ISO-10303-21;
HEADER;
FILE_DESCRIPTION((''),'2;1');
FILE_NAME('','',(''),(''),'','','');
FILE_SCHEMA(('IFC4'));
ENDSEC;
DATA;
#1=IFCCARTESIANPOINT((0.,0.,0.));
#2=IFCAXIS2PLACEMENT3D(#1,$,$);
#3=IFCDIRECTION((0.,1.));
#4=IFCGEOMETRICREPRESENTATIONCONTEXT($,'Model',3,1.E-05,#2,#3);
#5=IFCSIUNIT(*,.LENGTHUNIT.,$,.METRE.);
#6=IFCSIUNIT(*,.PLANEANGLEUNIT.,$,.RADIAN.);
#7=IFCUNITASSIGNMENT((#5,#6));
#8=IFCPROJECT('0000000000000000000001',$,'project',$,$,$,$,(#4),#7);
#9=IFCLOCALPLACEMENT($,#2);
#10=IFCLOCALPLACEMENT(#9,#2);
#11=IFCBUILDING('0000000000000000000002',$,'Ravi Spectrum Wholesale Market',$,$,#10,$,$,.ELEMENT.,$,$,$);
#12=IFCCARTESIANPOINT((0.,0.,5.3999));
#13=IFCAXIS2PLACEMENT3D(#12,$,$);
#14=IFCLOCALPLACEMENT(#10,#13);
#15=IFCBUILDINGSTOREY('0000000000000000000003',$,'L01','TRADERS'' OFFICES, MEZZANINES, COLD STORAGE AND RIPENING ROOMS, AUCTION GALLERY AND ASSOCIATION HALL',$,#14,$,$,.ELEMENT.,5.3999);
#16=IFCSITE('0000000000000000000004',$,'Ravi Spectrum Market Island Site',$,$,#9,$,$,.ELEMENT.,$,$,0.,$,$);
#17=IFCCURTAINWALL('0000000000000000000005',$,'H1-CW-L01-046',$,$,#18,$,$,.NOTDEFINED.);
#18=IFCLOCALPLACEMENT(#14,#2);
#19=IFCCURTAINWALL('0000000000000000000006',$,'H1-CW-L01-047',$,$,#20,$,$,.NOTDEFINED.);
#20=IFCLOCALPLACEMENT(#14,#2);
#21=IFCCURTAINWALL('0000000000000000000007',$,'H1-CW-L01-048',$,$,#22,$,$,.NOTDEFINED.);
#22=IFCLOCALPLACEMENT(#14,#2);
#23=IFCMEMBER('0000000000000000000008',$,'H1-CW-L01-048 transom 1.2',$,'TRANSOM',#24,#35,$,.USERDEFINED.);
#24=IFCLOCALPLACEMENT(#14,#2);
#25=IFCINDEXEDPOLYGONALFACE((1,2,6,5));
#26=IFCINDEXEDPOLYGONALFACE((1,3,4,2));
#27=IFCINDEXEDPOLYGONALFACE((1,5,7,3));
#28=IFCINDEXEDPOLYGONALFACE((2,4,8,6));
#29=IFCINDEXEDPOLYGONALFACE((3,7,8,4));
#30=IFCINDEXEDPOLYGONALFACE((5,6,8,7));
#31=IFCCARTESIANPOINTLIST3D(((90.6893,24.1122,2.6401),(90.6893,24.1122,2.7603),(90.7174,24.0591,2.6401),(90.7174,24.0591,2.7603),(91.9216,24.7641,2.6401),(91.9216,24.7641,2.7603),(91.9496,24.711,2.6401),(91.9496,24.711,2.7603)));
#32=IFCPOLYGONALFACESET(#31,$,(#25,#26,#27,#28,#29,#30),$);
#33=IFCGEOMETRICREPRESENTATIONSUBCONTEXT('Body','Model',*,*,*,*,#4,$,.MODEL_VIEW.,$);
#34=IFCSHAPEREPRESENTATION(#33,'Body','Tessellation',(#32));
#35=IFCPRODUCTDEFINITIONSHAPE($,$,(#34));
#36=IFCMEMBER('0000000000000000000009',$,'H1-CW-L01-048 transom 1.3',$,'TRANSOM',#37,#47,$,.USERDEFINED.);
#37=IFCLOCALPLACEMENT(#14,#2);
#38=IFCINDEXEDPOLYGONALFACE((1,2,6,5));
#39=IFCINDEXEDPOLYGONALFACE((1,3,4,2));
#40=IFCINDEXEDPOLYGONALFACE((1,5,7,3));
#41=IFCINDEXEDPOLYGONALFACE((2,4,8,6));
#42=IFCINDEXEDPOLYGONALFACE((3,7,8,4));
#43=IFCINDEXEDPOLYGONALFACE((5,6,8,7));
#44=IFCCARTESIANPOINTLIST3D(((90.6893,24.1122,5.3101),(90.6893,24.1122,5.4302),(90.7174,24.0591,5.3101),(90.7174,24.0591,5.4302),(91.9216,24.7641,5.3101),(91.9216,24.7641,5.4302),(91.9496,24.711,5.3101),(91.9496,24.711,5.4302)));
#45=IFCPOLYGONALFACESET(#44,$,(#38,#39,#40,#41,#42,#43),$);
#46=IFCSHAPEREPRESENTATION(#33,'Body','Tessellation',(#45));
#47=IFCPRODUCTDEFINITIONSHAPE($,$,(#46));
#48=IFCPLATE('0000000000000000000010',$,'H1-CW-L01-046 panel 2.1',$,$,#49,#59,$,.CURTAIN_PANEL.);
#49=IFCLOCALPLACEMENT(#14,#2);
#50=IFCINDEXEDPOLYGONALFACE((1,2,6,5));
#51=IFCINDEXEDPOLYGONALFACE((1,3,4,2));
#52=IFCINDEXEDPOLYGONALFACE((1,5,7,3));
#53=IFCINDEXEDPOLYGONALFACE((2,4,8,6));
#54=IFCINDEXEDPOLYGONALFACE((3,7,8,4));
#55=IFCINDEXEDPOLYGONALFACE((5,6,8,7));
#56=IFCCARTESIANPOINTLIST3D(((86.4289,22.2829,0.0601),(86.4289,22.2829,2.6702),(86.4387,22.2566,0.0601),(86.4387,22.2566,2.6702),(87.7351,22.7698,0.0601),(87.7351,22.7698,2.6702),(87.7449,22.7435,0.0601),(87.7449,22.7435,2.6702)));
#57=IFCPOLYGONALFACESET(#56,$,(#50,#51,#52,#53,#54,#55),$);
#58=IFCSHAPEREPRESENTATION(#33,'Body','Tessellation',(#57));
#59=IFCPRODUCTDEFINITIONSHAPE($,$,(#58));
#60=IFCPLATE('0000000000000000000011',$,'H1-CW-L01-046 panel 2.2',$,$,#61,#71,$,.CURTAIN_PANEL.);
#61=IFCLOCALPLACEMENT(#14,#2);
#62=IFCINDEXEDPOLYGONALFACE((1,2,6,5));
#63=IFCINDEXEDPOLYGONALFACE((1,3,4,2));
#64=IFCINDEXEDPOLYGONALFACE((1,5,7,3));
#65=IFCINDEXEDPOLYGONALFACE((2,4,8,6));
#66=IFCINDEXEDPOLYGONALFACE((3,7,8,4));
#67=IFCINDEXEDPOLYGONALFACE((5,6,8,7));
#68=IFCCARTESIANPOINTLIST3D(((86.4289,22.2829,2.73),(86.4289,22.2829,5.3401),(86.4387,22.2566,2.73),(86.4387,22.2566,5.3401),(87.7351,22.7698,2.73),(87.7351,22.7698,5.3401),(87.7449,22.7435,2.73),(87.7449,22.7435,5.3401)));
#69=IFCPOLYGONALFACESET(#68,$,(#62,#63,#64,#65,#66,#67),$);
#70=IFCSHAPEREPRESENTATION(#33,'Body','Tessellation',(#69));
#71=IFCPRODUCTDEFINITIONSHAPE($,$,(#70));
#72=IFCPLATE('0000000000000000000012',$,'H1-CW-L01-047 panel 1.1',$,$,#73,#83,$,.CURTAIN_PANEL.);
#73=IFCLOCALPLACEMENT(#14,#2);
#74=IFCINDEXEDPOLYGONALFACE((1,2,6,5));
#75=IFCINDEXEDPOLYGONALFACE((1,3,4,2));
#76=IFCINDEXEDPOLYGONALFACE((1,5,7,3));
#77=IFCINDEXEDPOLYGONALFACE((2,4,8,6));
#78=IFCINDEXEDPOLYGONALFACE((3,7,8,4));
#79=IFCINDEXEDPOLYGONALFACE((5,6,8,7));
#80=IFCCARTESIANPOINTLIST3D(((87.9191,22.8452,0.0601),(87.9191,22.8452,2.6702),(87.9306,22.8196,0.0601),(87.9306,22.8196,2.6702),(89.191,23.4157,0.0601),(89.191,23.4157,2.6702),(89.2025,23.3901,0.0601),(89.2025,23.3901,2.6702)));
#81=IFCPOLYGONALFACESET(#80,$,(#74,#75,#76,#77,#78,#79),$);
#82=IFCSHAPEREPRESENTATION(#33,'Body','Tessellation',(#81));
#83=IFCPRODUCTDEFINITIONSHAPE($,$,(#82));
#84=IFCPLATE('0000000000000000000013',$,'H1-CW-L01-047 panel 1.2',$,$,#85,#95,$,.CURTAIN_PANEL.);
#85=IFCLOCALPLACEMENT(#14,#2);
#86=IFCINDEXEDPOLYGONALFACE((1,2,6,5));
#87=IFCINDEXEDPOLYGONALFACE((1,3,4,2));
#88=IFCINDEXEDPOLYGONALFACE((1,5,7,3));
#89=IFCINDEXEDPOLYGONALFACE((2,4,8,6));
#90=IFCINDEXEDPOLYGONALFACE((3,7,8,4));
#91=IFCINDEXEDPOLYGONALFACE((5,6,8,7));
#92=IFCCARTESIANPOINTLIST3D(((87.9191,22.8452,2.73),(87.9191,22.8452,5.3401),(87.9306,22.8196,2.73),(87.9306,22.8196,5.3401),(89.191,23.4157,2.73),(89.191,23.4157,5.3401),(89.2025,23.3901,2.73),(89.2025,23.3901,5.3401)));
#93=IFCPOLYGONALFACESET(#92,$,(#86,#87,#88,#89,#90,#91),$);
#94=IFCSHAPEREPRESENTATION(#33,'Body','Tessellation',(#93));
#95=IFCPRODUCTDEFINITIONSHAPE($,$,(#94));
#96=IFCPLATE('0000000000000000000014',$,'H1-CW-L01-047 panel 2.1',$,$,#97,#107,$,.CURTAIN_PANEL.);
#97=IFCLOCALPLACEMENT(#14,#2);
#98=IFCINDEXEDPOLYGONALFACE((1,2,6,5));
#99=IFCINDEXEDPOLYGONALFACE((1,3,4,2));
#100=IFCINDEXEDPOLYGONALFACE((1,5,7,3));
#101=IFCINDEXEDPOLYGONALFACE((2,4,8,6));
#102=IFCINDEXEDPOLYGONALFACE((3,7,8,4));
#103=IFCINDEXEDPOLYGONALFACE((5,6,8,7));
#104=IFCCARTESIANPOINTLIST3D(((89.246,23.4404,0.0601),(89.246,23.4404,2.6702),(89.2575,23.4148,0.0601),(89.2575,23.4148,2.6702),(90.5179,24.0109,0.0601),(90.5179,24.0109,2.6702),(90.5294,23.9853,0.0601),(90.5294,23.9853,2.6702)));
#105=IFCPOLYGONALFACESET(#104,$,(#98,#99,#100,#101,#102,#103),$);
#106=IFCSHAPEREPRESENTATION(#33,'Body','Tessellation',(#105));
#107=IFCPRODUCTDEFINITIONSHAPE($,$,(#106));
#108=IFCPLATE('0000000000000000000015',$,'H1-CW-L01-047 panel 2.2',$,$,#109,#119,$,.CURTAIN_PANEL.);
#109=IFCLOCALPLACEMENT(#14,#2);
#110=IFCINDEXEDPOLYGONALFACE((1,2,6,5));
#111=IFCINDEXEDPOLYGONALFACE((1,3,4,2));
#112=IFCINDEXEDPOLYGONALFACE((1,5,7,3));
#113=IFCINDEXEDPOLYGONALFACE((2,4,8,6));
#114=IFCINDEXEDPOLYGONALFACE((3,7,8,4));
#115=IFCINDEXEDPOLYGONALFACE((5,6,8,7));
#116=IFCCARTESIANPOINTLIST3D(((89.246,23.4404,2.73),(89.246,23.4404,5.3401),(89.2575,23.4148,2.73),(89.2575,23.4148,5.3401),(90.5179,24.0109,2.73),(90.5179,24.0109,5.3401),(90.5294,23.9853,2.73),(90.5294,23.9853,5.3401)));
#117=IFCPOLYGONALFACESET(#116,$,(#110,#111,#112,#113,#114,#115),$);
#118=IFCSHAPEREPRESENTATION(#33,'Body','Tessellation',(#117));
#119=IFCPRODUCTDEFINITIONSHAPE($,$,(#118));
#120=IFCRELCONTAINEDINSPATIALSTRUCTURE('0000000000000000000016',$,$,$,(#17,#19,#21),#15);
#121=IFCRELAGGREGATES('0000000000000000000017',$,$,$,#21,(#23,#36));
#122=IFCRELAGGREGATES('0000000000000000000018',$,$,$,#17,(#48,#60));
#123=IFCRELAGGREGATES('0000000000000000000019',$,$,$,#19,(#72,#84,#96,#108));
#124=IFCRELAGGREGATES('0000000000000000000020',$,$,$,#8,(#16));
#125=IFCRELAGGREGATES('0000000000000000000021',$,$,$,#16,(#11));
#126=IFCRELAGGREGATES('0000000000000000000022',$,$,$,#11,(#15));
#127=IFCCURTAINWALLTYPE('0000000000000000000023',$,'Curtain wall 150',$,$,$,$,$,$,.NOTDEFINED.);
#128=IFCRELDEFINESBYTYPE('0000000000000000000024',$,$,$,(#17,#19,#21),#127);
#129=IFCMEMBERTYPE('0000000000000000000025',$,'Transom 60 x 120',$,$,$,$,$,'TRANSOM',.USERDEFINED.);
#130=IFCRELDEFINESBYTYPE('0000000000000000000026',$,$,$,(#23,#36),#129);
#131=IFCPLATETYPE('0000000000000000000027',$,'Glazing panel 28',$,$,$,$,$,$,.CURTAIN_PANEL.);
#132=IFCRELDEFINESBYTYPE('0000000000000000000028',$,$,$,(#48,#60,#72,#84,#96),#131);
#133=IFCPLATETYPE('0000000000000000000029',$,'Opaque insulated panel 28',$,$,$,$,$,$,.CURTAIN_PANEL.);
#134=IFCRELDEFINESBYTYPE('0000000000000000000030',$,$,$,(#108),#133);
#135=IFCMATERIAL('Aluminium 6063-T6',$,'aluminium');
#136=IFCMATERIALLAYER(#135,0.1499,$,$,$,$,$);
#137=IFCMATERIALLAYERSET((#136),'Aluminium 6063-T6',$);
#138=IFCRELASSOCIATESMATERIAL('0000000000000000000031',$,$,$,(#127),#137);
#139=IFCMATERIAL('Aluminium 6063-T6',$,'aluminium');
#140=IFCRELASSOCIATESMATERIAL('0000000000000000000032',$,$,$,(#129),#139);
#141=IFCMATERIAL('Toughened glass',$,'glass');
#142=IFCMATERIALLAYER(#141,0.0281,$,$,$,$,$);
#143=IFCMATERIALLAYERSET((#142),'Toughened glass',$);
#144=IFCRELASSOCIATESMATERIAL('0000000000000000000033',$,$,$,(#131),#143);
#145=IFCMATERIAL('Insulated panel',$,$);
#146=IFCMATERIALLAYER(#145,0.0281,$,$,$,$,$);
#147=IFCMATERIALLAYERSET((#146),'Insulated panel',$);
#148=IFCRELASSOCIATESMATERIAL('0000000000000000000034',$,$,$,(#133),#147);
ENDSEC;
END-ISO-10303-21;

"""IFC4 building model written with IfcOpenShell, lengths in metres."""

from ifc_helpers import new_model, si_unit, direction, frame, origin, origin_2d, place, context, subcontext, project, spatial, rectangle, extrude, material, layer, layer_set, material_profile, profile_set, type_object, element, aggregate, save


model = new_model("IFC4")

# Units and contexts
model_context = context("Model", 3, precision=1e-05, world=origin(), true_north=direction((0.0, 1.0)))
body_context = subcontext(model_context, "Body", "Model", "MODEL_VIEW")
ifc_project = project(units=[si_unit("LENGTHUNIT", "METRE"), si_unit("PLANEANGLEUNIT", "RADIAN")], contexts=[model_context])

# Site, building, storey
site_placement = place(None, origin())
site = spatial("IfcSite", under=ifc_project, at=site_placement, Name="Ravi Spectrum Market Island Site", CompositionType="ELEMENT", RefElevation=0.0)
building_placement = place(site_placement, origin())
building = spatial("IfcBuilding", under=site, at=building_placement, Name="Ravi Spectrum Wholesale Market", CompositionType="ELEMENT")
storey_placement = place(building_placement, frame((0.0, 0.0, 5.3999)))
storey = spatial("IfcBuildingStorey", under=building, at=storey_placement, Name="L01", Description="TRADERS' OFFICES, MEZZANINES, COLD STORAGE AND RIPENING ROOMS, AUCTION GALLERY AND ASSOCIATION HALL", CompositionType="ELEMENT", Elevation=5.3999)

# Curtain wall
ifc_material_1 = material(Name="Aluminium 6063-T6", Category="aluminium")
ifc_layer_1 = layer(ifc_material_1, 0.1499)
ifc_layer_set_1 = layer_set([ifc_layer_1], Name="Aluminium 6063-T6")
curtain_wall_type = type_object("IfcCurtainWallType", Name="Curtain wall 150", PredefinedType="NOTDEFINED", material=ifc_layer_set_1)
curtain_wall_1_placement = place(storey_placement, origin())
curtain_wall_1 = element("IfcCurtainWall", 1, at=curtain_wall_1_placement, inside=storey, type_object=curtain_wall_type, Name="H1-CW-L01-046", PredefinedType="NOTDEFINED")

# Curtain wall
curtain_wall_2_placement = place(storey_placement, origin())
curtain_wall_2 = element("IfcCurtainWall", 2, at=curtain_wall_2_placement, inside=storey, type_object=curtain_wall_type, Name="H1-CW-L01-047", PredefinedType="NOTDEFINED")

# Curtain wall
curtain_wall_3_placement = place(storey_placement, origin())
curtain_wall_3 = element("IfcCurtainWall", 3, at=curtain_wall_3_placement, inside=storey, type_object=curtain_wall_type, Name="H1-CW-L01-048", PredefinedType="NOTDEFINED")

# Members
ifc_material_2 = material(Name="Aluminium 6063-T6", Category="aluminium")
ifc_material_profile_1 = material_profile(ifc_material_2, rectangle(XDim=0.0601, YDim=0.1201, at=origin_2d()))
ifc_profile_set_1 = profile_set([ifc_material_profile_1], Name="Aluminium 6063-T6")
member_type_1 = type_object("IfcMemberType", Name="Transom 60 x 120", ElementType="TRANSOM", PredefinedType="USERDEFINED", material=ifc_profile_set_1)
member_1_placement = place(storey_placement, frame((90.7034, 24.0857, 2.7002), z_axis=(0.883928, 0.467622, 0.0), x_axis=(-0.467622, 0.883928, 0.0)))
member_1 = element("IfcMember", 4, at=member_1_placement, type_object=member_type_1, Name="H1-CW-L01-048 transom 1.2", ObjectType="TRANSOM", PredefinedType="USERDEFINED", context=body_context, shape_type="SweptSolid", body=[
    extrude(rectangle(XDim=0.0601, YDim=0.1201, at=origin_2d()), origin(), (0.0, 0.0, 1.0), 1.394),
])
member_2_placement = place(storey_placement, frame((90.7034, 24.0857, 5.3701), z_axis=(0.883928, 0.467622, 0.0), x_axis=(-0.467622, 0.883928, 0.0)))
member_2 = element("IfcMember", 5, at=member_2_placement, type_object=member_type_1, Name="H1-CW-L01-048 transom 1.3", ObjectType="TRANSOM", PredefinedType="USERDEFINED", context=body_context, shape_type="SweptSolid", body=[
    extrude(rectangle(XDim=0.0601, YDim=0.1201, at=origin_2d()), origin(), (0.0, 0.0, 1.0), 1.394),
])
aggregate(curtain_wall_3, [member_1, member_2])

# Plates
ifc_material_3 = material(Name="Toughened glass", Category="glass")
ifc_layer_2 = layer(ifc_material_3, 0.0281)
ifc_layer_set_2 = layer_set([ifc_layer_2], Name="Toughened glass")
plate_type_1 = type_object("IfcPlateType", Name="Glazing panel 28", PredefinedType="CURTAIN_PANEL", material=ifc_layer_set_2)
plate_1_placement = place(storey_placement, frame((87.0869, 22.5132, 0.0601), z_axis=(0.0, 0.0, 1.0), x_axis=(0.937034, 0.349238, 0.0)))
plate_1 = element("IfcPlate", 6, at=plate_1_placement, type_object=plate_type_1, Name="H1-CW-L01-046 panel 2.1", PredefinedType="CURTAIN_PANEL", context=body_context, shape_type="SweptSolid", body=[
    extrude(rectangle(XDim=1.394, YDim=0.0281, at=origin_2d()), origin(), (0.0, 0.0, 1.0), 2.6101),
])
plate_2_placement = place(storey_placement, frame((87.0869, 22.5132, 2.73), z_axis=(0.0, 0.0, 1.0), x_axis=(0.937034, 0.349238, 0.0)))
plate_2 = element("IfcPlate", 7, at=plate_2_placement, type_object=plate_type_1, Name="H1-CW-L01-046 panel 2.2", PredefinedType="CURTAIN_PANEL", context=body_context, shape_type="SweptSolid", body=[
    extrude(rectangle(XDim=1.394, YDim=0.0281, at=origin_2d()), origin(), (0.0, 0.0, 1.0), 2.6101),
])
aggregate(curtain_wall_1, [plate_1, plate_2])
plate_3_placement = place(storey_placement, frame((88.5608, 23.1177, 0.0601), z_axis=(0.0, 0.0, 1.0), x_axis=(0.912426, 0.409242, 0.0)))
plate_3 = element("IfcPlate", 8, at=plate_3_placement, type_object=plate_type_1, Name="H1-CW-L01-047 panel 1.1", PredefinedType="CURTAIN_PANEL", context=body_context, shape_type="SweptSolid", body=[
    extrude(rectangle(XDim=1.394, YDim=0.0281, at=origin_2d()), origin(), (0.0, 0.0, 1.0), 2.6101),
])
plate_4_placement = place(storey_placement, frame((88.5608, 23.1177, 2.73), z_axis=(0.0, 0.0, 1.0), x_axis=(0.912426, 0.409242, 0.0)))
plate_4 = element("IfcPlate", 9, at=plate_4_placement, type_object=plate_type_1, Name="H1-CW-L01-047 panel 1.2", PredefinedType="CURTAIN_PANEL", context=body_context, shape_type="SweptSolid", body=[
    extrude(rectangle(XDim=1.394, YDim=0.0281, at=origin_2d()), origin(), (0.0, 0.0, 1.0), 2.6101),
])
plate_5_placement = place(storey_placement, frame((89.8877, 23.7129, 0.0601), z_axis=(0.0, 0.0, 1.0), x_axis=(0.912426, 0.409242, 0.0)))
plate_5 = element("IfcPlate", 10, at=plate_5_placement, type_object=plate_type_1, Name="H1-CW-L01-047 panel 2.1", PredefinedType="CURTAIN_PANEL", context=body_context, shape_type="SweptSolid", body=[
    extrude(rectangle(XDim=1.394, YDim=0.0281, at=origin_2d()), origin(), (0.0, 0.0, 1.0), 2.6101),
])
ifc_material_4 = material(Name="Insulated panel")
ifc_layer_3 = layer(ifc_material_4, 0.0281)
ifc_layer_set_3 = layer_set([ifc_layer_3], Name="Insulated panel")
plate_type_2 = type_object("IfcPlateType", Name="Opaque insulated panel 28", PredefinedType="CURTAIN_PANEL", material=ifc_layer_set_3)
plate_6_placement = place(storey_placement, frame((89.8877, 23.7129, 2.73), z_axis=(0.0, 0.0, 1.0), x_axis=(0.912426, 0.409242, 0.0)))
plate_6 = element("IfcPlate", 11, at=plate_6_placement, type_object=plate_type_2, Name="H1-CW-L01-047 panel 2.2", PredefinedType="CURTAIN_PANEL", context=body_context, shape_type="SweptSolid", body=[
    extrude(rectangle(XDim=1.394, YDim=0.0281, at=origin_2d()), origin(), (0.0, 0.0, 1.0), 2.6101),
])
aggregate(curtain_wall_2, [plate_3, plate_4, plate_5, plate_6])

save(model, "model.ifc")
